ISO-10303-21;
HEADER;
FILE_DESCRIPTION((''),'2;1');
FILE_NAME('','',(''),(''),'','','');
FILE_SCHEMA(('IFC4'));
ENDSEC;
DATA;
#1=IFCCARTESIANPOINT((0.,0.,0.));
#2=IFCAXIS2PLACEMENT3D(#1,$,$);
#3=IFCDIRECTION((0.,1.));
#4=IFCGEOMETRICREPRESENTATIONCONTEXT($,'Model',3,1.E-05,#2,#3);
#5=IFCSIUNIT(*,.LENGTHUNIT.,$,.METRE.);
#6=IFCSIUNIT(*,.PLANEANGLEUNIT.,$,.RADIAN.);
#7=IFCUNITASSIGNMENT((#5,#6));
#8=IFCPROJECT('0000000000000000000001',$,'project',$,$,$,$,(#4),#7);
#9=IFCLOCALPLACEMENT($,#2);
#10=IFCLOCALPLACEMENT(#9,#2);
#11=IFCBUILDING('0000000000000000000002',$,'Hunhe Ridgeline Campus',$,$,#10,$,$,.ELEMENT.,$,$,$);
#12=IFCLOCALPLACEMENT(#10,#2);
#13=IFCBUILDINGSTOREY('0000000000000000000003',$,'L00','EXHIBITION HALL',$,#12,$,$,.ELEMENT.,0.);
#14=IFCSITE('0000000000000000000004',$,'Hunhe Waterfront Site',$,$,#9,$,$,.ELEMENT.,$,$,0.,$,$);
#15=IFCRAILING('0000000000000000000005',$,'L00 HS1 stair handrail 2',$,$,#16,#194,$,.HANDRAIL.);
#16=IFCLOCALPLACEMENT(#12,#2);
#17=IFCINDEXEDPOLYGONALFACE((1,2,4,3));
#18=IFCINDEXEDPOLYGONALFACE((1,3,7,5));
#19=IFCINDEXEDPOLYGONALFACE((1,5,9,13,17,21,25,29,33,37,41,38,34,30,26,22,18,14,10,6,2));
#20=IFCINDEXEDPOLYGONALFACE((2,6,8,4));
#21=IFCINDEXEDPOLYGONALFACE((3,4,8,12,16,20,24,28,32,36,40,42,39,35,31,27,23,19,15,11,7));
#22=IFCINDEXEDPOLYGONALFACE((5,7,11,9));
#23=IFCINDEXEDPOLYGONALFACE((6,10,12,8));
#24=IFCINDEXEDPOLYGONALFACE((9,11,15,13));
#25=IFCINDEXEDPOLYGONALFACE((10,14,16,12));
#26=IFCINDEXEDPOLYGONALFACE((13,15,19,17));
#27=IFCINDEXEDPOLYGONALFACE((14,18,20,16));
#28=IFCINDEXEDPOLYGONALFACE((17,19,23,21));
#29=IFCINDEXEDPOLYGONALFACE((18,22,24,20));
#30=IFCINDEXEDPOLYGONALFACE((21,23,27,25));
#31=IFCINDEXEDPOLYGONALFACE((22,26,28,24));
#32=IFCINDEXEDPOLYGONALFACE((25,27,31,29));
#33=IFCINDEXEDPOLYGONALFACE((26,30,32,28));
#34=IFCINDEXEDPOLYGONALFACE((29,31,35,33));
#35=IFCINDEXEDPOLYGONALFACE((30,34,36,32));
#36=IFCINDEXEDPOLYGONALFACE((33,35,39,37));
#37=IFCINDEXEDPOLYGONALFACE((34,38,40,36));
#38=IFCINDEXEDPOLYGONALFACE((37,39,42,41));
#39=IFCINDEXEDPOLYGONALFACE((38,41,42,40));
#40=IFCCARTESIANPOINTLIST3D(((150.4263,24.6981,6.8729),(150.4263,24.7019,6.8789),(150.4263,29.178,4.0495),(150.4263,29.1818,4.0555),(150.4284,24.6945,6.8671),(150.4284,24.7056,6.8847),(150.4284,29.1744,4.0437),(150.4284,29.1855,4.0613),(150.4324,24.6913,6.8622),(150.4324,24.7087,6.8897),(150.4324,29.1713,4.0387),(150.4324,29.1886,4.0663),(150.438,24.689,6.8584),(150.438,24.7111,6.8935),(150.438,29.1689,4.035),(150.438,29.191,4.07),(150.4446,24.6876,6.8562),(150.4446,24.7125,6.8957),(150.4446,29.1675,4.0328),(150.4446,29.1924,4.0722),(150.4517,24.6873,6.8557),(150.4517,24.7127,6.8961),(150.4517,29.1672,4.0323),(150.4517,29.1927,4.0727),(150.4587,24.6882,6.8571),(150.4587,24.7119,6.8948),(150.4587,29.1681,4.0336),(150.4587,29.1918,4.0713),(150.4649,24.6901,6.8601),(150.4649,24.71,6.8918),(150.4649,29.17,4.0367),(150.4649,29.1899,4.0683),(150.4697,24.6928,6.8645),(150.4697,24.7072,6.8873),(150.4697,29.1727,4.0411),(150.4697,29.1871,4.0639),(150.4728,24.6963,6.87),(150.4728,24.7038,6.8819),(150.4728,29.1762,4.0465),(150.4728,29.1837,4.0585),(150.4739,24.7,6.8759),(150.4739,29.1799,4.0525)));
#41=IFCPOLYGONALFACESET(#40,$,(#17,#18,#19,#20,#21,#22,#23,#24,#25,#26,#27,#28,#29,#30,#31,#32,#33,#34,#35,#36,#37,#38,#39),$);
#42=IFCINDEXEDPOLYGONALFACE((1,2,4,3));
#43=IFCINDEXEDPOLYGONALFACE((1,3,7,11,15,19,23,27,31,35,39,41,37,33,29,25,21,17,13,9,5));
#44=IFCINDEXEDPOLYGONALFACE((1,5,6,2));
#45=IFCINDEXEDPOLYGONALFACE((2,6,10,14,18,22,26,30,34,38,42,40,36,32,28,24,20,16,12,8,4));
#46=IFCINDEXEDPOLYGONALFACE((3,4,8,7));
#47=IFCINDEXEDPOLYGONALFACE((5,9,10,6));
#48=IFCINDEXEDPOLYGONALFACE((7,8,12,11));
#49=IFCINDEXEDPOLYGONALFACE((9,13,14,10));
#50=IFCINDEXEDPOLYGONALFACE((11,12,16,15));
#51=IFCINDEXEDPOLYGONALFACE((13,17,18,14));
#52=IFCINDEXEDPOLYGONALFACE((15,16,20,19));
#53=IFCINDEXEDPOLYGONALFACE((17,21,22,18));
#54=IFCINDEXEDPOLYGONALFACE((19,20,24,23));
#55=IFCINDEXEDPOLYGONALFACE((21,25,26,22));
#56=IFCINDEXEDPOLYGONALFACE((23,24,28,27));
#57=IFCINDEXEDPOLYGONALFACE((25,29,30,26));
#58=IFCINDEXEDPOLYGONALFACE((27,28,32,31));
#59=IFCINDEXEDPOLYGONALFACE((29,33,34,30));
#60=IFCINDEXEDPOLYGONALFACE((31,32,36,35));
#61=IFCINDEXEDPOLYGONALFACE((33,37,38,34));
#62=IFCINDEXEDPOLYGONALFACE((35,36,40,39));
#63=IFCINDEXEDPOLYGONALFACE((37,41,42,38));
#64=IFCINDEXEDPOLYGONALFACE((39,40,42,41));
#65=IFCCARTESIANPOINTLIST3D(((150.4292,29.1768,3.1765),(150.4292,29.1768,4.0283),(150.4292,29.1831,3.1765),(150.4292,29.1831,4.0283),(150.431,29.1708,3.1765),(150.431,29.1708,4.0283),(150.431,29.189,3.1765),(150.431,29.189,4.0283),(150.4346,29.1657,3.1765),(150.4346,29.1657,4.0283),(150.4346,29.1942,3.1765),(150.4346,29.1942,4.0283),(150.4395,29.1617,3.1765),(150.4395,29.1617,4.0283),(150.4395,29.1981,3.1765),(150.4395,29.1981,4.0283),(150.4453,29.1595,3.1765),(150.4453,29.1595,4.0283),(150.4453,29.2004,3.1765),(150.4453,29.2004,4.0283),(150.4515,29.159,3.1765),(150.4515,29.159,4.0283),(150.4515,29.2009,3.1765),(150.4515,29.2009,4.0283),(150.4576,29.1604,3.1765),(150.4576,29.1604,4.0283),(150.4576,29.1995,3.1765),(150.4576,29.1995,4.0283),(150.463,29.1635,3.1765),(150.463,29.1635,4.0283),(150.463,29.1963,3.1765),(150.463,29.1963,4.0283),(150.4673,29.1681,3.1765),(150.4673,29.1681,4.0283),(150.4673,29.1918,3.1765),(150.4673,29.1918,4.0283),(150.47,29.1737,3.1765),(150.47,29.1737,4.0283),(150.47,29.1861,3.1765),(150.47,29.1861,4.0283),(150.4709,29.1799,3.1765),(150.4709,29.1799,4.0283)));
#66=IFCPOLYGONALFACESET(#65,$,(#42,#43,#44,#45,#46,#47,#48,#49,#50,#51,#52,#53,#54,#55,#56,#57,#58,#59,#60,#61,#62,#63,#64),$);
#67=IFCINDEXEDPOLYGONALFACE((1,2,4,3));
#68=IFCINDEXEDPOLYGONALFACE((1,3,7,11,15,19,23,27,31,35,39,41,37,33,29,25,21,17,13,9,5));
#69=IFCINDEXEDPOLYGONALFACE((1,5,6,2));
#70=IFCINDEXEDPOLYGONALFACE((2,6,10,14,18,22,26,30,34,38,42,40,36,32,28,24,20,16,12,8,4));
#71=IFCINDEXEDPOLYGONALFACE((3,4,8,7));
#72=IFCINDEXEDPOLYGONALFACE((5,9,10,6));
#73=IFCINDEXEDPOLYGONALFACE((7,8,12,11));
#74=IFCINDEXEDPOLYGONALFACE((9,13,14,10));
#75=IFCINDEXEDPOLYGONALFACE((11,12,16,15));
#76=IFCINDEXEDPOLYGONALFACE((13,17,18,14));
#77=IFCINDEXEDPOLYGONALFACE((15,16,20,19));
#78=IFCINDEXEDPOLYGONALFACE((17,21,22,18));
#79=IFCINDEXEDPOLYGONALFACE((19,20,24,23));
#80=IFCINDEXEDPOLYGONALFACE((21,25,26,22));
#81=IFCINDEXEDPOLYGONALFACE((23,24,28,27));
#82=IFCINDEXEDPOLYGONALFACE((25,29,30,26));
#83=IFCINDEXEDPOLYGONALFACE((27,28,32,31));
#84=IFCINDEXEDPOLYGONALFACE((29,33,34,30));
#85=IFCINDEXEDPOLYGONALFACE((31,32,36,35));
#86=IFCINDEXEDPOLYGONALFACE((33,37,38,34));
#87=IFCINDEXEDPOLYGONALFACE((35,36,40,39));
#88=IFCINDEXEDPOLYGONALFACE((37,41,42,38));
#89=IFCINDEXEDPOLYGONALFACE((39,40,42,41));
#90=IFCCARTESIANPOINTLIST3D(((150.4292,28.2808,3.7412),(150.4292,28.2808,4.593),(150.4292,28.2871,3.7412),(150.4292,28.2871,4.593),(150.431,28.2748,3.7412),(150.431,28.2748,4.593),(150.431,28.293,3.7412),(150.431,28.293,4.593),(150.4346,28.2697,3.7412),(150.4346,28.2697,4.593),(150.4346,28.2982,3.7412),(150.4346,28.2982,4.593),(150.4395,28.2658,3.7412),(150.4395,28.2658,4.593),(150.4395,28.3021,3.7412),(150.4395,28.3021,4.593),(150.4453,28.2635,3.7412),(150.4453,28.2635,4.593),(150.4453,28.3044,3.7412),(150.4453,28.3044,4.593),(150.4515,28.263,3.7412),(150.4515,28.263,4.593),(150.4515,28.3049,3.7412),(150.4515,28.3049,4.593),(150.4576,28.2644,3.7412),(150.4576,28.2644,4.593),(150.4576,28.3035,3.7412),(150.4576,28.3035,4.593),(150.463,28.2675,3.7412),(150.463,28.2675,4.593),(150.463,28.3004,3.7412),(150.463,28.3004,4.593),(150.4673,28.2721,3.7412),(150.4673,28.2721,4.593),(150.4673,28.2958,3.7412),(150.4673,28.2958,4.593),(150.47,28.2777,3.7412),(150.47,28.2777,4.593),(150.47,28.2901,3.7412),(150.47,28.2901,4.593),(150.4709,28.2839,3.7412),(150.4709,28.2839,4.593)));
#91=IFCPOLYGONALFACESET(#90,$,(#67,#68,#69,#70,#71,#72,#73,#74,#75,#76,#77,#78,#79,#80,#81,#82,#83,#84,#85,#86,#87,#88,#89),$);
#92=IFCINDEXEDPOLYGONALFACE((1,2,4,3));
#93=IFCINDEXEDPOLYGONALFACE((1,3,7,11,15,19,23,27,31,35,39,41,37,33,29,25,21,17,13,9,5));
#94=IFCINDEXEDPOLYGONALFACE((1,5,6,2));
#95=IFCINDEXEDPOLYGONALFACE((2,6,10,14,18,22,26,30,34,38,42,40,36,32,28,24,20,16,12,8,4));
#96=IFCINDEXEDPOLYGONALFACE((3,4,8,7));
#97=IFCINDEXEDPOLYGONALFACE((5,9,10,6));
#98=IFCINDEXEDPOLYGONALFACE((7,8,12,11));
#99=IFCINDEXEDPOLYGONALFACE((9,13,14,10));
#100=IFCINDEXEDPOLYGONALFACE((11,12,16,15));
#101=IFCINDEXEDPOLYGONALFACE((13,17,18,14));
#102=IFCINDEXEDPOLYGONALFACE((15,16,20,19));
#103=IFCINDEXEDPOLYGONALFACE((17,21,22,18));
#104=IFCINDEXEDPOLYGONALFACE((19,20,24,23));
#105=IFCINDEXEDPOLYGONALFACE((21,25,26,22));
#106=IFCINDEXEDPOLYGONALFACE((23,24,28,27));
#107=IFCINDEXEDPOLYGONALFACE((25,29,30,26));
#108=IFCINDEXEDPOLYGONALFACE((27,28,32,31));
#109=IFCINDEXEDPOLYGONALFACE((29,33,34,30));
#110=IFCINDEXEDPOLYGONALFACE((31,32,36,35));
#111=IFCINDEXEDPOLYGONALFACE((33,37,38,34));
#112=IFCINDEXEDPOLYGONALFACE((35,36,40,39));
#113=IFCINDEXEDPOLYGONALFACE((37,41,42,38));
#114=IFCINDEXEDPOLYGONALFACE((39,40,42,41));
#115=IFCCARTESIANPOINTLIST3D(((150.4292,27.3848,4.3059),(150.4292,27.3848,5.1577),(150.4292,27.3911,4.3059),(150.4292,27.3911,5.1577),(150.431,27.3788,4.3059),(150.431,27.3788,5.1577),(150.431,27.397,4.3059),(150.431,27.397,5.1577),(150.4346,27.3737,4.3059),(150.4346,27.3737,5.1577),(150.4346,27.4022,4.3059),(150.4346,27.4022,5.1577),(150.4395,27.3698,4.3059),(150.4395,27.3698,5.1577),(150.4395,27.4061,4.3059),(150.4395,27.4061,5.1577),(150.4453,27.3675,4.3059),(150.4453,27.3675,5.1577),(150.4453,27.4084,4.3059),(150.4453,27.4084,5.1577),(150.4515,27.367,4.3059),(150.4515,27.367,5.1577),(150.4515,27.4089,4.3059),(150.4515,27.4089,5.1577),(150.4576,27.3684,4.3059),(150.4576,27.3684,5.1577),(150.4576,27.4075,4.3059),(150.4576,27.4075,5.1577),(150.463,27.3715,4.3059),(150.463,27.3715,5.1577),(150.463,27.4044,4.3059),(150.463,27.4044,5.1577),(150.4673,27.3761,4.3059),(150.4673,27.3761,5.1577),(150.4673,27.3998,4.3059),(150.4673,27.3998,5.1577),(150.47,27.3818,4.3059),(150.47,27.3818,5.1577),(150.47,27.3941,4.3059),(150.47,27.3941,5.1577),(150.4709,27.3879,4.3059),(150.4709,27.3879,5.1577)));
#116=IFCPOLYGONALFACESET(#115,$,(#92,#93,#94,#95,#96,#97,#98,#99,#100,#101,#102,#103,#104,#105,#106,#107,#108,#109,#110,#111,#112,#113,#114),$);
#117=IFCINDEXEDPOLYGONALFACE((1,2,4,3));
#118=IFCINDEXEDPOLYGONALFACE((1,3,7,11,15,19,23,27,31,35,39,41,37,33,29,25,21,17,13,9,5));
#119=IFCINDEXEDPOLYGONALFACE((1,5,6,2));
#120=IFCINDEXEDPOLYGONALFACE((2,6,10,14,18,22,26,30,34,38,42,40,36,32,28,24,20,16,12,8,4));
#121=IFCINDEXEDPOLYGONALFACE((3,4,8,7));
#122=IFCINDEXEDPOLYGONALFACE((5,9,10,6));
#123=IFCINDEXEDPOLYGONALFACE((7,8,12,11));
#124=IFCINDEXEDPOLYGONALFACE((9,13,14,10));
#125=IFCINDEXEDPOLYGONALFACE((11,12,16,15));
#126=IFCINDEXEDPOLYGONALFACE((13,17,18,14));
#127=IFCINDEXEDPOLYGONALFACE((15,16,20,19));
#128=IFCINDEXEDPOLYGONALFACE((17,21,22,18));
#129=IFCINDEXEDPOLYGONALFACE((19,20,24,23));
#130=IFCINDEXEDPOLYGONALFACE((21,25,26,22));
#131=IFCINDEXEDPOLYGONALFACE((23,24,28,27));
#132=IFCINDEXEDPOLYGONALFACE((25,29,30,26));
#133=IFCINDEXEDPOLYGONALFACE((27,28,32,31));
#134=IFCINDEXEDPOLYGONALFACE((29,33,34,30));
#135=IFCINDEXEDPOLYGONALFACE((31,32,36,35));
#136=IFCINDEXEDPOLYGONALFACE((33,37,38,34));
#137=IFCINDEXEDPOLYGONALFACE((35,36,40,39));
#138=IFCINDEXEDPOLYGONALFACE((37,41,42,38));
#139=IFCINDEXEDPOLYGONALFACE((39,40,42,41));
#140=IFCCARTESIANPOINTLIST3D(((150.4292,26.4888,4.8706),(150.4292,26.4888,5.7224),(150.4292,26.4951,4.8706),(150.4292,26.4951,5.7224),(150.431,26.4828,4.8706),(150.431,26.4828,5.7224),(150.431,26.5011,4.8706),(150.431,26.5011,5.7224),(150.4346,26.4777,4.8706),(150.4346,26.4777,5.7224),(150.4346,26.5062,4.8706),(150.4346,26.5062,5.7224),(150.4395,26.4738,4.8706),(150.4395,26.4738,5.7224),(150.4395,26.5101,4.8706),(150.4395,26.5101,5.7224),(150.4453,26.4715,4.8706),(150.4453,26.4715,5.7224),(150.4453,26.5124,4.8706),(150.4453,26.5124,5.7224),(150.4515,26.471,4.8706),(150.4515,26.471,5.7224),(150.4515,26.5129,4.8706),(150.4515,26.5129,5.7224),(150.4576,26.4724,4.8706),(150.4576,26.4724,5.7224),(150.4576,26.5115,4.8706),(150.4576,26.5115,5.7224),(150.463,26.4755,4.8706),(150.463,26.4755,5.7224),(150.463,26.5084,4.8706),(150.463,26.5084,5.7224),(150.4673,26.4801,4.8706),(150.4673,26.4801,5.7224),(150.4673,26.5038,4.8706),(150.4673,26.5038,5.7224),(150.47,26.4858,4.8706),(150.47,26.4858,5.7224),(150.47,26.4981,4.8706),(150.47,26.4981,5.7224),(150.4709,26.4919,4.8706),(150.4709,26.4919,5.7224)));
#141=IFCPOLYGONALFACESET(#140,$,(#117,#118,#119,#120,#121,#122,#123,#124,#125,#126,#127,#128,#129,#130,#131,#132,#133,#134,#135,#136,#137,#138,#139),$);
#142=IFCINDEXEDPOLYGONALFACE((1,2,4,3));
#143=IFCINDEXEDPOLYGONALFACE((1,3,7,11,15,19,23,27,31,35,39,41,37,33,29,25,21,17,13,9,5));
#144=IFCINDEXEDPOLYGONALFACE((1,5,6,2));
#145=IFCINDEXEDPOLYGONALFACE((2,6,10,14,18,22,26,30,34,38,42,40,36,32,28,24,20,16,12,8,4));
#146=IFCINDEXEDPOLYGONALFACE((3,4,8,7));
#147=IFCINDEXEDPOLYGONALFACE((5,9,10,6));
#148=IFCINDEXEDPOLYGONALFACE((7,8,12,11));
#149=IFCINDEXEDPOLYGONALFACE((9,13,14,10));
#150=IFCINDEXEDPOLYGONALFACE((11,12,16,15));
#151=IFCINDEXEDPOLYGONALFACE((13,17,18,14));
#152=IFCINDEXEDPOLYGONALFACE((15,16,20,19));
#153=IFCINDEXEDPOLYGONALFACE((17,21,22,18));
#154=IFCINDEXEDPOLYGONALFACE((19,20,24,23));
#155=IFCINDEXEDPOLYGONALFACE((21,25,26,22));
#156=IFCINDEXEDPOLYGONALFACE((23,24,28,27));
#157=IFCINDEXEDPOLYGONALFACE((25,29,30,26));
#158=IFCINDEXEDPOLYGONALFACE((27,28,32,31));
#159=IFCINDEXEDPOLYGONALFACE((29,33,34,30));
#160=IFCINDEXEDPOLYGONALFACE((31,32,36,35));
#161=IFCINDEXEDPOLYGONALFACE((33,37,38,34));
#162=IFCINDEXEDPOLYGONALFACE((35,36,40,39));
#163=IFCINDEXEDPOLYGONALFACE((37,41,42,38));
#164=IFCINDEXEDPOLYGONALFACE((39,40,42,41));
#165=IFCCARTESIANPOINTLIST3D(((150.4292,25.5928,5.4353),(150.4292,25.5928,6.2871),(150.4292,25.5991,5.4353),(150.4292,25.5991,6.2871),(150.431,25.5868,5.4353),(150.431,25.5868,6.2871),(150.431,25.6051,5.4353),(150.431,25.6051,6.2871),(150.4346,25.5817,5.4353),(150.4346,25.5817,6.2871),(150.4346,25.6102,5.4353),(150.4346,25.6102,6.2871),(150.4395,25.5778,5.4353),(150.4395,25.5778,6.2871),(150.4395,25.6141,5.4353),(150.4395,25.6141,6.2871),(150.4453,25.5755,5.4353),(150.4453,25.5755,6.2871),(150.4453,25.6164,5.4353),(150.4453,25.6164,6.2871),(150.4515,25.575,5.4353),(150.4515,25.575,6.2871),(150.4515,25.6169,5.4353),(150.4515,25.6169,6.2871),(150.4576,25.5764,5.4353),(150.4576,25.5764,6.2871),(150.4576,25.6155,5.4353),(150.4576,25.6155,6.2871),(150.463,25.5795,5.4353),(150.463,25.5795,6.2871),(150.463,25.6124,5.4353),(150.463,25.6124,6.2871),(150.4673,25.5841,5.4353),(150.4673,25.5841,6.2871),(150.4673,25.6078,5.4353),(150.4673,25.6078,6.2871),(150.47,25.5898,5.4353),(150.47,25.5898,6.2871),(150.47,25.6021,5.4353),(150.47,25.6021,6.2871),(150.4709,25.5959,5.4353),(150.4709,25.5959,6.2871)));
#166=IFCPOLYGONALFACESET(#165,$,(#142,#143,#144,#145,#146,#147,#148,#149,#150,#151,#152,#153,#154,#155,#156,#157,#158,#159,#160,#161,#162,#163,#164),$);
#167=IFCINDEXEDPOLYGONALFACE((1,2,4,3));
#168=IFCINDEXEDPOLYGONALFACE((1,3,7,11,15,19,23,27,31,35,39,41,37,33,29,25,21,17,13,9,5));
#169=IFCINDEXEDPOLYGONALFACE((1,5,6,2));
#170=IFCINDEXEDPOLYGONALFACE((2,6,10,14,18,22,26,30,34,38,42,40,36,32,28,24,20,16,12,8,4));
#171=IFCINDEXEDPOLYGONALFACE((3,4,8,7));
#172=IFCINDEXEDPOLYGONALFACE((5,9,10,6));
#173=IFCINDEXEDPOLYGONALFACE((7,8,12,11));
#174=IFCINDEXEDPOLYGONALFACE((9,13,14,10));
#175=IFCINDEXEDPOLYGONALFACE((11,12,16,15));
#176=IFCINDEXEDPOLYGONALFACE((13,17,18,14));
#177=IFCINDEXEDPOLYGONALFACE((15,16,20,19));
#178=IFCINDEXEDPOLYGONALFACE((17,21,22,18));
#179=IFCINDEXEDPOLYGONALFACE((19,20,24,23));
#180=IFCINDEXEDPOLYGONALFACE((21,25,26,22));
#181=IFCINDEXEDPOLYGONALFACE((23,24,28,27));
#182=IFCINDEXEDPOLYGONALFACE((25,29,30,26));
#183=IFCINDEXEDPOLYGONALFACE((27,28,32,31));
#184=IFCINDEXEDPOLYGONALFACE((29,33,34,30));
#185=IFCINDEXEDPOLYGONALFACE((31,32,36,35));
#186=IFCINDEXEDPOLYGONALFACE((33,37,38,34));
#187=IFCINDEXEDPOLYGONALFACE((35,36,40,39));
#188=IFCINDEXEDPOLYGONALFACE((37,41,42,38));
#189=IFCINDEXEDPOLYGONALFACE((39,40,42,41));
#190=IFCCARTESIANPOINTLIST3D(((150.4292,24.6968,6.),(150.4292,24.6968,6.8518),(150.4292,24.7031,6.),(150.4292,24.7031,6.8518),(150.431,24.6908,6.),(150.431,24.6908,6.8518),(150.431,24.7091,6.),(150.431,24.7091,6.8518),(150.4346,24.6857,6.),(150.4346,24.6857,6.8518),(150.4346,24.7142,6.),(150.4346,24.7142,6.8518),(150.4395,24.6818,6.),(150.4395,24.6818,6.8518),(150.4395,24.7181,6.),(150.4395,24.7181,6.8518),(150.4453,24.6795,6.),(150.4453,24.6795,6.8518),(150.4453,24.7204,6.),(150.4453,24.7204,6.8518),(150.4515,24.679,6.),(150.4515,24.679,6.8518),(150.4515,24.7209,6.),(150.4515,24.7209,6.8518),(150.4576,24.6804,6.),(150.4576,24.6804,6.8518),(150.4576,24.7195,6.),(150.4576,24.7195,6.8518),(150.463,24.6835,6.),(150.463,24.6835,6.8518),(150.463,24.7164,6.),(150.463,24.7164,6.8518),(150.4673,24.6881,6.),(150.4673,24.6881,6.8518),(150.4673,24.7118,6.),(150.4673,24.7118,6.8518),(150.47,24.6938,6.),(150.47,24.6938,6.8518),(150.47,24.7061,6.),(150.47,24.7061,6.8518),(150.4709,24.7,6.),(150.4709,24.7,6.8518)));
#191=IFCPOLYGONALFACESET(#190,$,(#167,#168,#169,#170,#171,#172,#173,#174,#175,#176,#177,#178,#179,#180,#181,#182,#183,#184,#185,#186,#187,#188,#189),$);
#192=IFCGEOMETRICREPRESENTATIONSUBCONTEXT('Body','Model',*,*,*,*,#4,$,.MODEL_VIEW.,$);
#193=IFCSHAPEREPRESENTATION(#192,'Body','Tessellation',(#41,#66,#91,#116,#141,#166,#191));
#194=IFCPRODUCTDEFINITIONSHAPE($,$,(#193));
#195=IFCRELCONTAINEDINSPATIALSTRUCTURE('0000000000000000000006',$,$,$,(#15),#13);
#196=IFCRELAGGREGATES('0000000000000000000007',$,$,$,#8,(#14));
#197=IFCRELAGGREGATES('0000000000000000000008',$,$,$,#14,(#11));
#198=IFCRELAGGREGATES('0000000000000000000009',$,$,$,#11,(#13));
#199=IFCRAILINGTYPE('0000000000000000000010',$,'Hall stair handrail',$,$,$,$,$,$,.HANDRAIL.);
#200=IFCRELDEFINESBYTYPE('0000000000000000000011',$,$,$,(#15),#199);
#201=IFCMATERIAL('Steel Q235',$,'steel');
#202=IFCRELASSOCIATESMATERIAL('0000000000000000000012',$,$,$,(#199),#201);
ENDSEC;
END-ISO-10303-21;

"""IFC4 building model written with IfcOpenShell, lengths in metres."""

from ifc_helpers import new_model, si_unit, direction, frame, origin, origin_2d, place, context, subcontext, project, spatial, circle, extrude, material, type_object, element, save


model = new_model("IFC4")

# Units and contexts
model_context = context("Model", 3, precision=1e-05, world=origin(), true_north=direction((0.0, 1.0)))
body_context = subcontext(model_context, "Body", "Model", "MODEL_VIEW")
ifc_project = project(units=[si_unit("LENGTHUNIT", "METRE"), si_unit("PLANEANGLEUNIT", "RADIAN")], contexts=[model_context])

# Site, building, storey
site_placement = place(None, origin())
site = spatial("IfcSite", under=ifc_project, at=site_placement, Name="Hunhe Waterfront Site", CompositionType="ELEMENT", RefElevation=0.0)
building_placement = place(site_placement, origin())
building = spatial("IfcBuilding", under=site, at=building_placement, Name="Hunhe Ridgeline Campus", CompositionType="ELEMENT")
storey_placement = place(building_placement, origin())
storey = spatial("IfcBuildingStorey", under=building, at=storey_placement, Name="L00", Description="EXHIBITION HALL", CompositionType="ELEMENT", Elevation=0.0)

# Railing
ifc_material_1 = material(Name="Steel Q235", Category="steel")
railing_type_1 = type_object("IfcRailingType", Name="Hall stair handrail", PredefinedType="HANDRAIL", material=ifc_material_1)
railing_1_placement = place(storey_placement, frame((150.45, 29.1799, 3.1765)))
element("IfcRailing", 1, at=railing_1_placement, inside=storey, type_object=railing_type_1, Name="L00 HS1 stair handrail 2", PredefinedType="HANDRAIL", context=body_context, shape_type="SweptSolid", body=[
    extrude(circle(Radius=0.0239, at=origin_2d()), frame((0.0, 0.0, 0.876), z_axis=(0.0, -0.845998, 0.533186), x_axis=(1.0, 0.0, 0.0)), (0.0, 0.0, 1.0), 5.2954),
    extrude(circle(Radius=0.021, at=origin_2d()), origin(), (0.0, 0.0, 1.0), 0.8518),
    extrude(circle(Radius=0.021, at=origin_2d()), frame((0.0, -0.896, 0.5647)), (0.0, 0.0, 1.0), 0.8518),
    extrude(circle(Radius=0.021, at=origin_2d()), frame((0.0, -1.792, 1.1294)), (0.0, 0.0, 1.0), 0.8518),
    extrude(circle(Radius=0.021, at=origin_2d()), frame((0.0, -2.688, 1.6941)), (0.0, 0.0, 1.0), 0.8518),
    extrude(circle(Radius=0.021, at=origin_2d()), frame((0.0, -3.584, 2.2588)), (0.0, 0.0, 1.0), 0.8518),
    extrude(circle(Radius=0.021, at=origin_2d()), frame((0.0, -4.48, 2.8235)), (0.0, 0.0, 1.0), 0.8518),
])

save(model, "model.ifc")
